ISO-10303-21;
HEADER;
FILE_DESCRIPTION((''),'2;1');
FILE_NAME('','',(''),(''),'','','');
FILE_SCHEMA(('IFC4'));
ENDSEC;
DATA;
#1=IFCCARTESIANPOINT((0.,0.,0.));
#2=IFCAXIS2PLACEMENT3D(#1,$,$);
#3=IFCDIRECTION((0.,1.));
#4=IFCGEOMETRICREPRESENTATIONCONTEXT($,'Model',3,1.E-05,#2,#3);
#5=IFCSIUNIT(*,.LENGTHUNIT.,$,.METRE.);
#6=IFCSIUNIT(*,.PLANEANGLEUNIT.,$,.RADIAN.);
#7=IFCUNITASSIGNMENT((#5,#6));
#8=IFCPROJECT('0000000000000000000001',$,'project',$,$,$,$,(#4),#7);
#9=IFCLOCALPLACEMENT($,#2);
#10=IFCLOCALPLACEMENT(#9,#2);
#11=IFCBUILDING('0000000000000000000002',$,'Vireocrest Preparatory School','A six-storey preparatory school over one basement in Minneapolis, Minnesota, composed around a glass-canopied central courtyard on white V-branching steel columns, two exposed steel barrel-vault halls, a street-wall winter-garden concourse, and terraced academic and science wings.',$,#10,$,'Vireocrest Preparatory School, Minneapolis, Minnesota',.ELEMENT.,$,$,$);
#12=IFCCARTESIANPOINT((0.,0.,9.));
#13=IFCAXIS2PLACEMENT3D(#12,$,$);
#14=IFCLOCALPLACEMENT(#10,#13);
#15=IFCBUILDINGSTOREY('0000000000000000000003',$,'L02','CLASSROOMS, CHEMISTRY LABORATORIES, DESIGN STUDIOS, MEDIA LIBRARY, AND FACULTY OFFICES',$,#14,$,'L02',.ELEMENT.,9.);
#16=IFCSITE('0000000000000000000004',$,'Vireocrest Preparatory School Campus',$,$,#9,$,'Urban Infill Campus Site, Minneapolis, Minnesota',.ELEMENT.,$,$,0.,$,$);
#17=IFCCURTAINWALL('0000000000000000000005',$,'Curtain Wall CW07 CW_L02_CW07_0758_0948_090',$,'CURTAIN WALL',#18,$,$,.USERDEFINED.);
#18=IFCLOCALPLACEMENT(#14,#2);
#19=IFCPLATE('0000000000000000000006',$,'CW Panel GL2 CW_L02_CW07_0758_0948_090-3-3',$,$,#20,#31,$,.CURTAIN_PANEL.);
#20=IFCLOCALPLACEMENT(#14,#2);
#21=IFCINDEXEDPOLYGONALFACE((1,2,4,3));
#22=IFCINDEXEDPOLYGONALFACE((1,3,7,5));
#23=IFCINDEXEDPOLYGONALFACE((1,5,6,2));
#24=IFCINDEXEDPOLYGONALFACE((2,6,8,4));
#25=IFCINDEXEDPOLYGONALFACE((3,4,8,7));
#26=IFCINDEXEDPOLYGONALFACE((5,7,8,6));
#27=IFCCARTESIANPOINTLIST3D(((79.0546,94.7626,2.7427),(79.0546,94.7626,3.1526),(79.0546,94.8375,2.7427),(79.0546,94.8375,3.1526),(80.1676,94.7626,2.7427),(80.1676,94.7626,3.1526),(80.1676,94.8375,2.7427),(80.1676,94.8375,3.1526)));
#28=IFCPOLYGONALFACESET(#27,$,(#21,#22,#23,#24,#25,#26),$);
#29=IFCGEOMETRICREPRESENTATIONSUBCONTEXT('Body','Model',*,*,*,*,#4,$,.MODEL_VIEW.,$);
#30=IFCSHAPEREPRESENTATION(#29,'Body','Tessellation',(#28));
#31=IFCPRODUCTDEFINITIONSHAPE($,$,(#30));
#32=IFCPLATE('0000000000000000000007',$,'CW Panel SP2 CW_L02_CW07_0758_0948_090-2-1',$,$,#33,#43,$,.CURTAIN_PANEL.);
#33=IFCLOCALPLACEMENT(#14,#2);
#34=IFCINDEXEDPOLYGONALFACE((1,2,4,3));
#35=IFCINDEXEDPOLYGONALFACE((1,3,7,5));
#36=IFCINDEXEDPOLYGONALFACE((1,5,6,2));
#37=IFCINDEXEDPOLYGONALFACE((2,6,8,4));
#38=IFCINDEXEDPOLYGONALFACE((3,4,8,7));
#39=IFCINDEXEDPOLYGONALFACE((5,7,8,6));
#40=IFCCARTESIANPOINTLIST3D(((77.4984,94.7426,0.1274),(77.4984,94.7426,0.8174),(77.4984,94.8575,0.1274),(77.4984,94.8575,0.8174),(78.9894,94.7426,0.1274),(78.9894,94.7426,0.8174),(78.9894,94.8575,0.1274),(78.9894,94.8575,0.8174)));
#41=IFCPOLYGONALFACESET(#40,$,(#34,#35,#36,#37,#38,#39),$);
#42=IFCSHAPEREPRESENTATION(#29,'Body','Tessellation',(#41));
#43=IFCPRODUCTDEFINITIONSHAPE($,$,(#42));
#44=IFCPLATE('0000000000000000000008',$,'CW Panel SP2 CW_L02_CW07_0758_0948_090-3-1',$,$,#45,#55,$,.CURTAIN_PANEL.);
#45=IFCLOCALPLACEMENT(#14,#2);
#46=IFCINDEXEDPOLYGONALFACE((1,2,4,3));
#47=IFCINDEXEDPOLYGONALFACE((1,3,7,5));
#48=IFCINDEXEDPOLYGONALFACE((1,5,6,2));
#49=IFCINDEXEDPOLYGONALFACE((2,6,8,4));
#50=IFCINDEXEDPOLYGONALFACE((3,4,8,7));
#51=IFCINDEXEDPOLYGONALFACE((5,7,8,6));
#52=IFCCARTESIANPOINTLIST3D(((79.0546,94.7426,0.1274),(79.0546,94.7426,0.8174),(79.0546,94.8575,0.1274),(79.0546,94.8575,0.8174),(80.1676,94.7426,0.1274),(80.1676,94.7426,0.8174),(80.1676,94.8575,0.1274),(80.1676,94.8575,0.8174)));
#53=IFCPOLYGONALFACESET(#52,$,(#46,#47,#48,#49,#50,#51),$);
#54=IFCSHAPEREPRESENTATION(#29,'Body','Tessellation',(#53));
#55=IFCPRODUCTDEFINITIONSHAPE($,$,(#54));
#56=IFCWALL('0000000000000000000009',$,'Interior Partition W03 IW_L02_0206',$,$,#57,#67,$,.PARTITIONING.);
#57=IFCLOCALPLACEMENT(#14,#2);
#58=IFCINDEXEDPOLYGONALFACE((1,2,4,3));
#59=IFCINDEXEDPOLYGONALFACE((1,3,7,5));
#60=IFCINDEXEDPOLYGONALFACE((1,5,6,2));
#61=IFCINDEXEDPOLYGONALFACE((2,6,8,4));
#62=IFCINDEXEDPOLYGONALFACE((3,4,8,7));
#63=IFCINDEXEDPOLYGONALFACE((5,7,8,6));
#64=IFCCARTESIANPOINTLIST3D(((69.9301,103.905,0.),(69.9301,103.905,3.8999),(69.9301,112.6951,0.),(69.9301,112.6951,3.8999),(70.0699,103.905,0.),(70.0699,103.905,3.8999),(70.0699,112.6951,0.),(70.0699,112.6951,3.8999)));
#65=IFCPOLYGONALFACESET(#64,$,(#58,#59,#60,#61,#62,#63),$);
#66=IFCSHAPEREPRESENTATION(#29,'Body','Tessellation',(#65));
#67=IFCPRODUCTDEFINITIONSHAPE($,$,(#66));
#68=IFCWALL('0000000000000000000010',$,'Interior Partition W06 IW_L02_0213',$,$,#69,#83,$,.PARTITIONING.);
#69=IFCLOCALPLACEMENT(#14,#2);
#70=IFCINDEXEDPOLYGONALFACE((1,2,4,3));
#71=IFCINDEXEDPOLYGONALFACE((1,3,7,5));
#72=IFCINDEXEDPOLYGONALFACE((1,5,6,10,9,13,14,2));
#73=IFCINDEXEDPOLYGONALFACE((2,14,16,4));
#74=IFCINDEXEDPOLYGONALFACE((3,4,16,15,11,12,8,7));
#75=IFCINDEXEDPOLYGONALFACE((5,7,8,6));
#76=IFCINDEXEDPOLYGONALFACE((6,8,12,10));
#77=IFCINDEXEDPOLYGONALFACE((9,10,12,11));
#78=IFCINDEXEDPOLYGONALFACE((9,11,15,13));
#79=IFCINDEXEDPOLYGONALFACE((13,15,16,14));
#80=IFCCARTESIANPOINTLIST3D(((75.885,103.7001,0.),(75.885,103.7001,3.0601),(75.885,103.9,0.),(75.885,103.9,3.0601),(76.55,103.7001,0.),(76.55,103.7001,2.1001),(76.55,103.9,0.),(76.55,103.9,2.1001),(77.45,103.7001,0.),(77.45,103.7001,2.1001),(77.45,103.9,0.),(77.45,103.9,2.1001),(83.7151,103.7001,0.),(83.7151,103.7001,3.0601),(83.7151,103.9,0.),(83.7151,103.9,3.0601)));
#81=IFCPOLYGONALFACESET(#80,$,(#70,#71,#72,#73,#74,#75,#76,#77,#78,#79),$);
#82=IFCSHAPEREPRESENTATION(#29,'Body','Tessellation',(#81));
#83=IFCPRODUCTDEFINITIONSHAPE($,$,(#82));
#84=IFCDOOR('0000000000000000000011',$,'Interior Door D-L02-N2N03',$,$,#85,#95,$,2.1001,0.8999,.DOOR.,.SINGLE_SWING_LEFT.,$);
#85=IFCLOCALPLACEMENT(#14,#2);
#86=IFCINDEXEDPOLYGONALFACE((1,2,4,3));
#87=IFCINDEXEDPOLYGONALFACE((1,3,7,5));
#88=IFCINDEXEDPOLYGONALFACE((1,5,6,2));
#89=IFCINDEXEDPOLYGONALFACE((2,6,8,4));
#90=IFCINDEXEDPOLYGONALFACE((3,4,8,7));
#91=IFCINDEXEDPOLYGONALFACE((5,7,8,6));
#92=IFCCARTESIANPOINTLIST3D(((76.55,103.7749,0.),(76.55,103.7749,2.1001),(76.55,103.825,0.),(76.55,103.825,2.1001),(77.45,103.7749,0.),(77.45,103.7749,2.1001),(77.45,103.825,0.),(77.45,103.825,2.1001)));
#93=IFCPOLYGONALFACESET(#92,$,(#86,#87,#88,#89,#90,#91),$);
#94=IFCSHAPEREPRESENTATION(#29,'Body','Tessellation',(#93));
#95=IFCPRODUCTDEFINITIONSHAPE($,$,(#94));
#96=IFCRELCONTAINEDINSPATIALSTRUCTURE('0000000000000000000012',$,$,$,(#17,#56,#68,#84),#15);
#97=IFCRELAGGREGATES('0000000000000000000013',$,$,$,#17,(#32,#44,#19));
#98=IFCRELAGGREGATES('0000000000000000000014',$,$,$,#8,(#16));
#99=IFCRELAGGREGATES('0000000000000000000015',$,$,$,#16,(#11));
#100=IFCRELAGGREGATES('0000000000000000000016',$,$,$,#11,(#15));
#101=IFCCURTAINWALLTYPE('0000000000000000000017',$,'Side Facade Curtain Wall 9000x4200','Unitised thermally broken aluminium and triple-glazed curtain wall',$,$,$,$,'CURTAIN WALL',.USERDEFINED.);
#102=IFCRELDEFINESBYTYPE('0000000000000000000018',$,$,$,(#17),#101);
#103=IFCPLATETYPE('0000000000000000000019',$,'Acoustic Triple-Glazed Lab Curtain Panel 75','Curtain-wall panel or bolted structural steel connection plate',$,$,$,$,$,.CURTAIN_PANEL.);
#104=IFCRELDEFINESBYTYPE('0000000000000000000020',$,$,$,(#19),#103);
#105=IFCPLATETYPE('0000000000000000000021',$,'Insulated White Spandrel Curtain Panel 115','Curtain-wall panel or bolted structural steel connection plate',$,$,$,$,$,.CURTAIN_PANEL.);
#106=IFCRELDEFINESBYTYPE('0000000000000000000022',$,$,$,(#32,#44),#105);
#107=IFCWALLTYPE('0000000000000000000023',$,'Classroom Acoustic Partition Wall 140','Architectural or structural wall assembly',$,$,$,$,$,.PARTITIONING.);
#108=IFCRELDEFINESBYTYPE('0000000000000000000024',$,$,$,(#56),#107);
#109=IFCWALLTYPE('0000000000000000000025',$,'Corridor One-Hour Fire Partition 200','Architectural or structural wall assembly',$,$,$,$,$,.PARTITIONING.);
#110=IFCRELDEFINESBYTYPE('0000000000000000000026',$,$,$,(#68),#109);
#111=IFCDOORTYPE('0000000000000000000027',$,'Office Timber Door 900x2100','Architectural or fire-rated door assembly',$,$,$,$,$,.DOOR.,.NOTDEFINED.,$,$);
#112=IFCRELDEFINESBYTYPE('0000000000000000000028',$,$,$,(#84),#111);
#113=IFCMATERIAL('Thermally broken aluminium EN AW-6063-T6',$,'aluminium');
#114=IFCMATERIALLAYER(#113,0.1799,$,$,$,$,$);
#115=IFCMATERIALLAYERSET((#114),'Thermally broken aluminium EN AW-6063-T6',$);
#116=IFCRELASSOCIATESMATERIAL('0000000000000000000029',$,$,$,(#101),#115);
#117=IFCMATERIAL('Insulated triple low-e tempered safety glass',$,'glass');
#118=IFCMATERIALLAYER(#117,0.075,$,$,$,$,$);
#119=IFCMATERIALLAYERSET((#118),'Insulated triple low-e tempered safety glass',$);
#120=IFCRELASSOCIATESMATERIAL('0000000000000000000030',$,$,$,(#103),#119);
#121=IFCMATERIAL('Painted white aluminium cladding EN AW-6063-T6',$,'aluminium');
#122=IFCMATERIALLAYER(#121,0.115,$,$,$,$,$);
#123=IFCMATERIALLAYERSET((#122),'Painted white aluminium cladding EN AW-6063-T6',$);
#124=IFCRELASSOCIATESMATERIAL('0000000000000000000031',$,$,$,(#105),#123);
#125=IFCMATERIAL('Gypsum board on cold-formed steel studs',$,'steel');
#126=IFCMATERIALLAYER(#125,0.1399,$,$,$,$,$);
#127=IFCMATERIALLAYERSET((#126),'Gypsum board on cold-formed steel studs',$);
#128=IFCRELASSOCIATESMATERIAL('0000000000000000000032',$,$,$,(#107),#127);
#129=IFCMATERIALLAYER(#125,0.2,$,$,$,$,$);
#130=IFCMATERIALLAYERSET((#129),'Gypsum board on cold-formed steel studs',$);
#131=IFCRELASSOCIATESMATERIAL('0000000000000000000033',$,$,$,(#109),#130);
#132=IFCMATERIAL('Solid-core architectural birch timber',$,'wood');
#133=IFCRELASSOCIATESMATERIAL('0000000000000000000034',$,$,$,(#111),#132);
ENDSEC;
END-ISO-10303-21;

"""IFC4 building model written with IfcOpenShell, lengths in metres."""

from ifc_helpers import new_model, si_unit, direction, frame, frame_2d, origin, origin_2d, place, context, subcontext, project, spatial, rectangle, extrude, material, layer, layer_set, type_object, element, fill, aggregate, save


model = new_model("IFC4")

# Units and contexts
model_context = context("Model", 3, precision=1e-05, world=origin(), true_north=direction((0.0, 1.0)))
body_context = subcontext(model_context, "Body", "Model", "MODEL_VIEW")
ifc_project = project(units=[si_unit("LENGTHUNIT", "METRE"), si_unit("PLANEANGLEUNIT", "RADIAN")], contexts=[model_context])

# Site, building, storey
site_placement = place(None, origin())
site = spatial("IfcSite", under=ifc_project, at=site_placement, Name="Vireocrest Preparatory School Campus", LongName="Urban Infill Campus Site, Minneapolis, Minnesota", CompositionType="ELEMENT", RefElevation=0.0)
building_placement = place(site_placement, origin())
building = spatial("IfcBuilding", under=site, at=building_placement, Name="Vireocrest Preparatory School", Description="A six-storey preparatory school over one basement in Minneapolis, Minnesota, composed around a glass-canopied central courtyard on white V-branching steel columns, two exposed steel barrel-vault halls, a street-wall winter-garden concourse, and terraced academic and science wings.", LongName="Vireocrest Preparatory School, Minneapolis, Minnesota", CompositionType="ELEMENT")
storey_placement = place(building_placement, frame((0.0, 0.0, 9.0)))
storey = spatial("IfcBuildingStorey", under=building, at=storey_placement, Name="L02", Description="CLASSROOMS, CHEMISTRY LABORATORIES, DESIGN STUDIOS, MEDIA LIBRARY, AND FACULTY OFFICES", LongName="L02", CompositionType="ELEMENT", Elevation=9.0)

# Curtain wall
ifc_material_1 = material(Name="Thermally broken aluminium EN AW-6063-T6", Category="aluminium")
ifc_layer_1 = layer(ifc_material_1, 0.1799)
ifc_layer_set_1 = layer_set([ifc_layer_1], Name="Thermally broken aluminium EN AW-6063-T6")
curtain_wall_type = type_object("IfcCurtainWallType", Name="Side Facade Curtain Wall 9000x4200", Description="Unitised thermally broken aluminium and triple-glazed curtain wall", ElementType="CURTAIN WALL", PredefinedType="USERDEFINED", material=ifc_layer_set_1)
curtain_wall_placement = place(storey_placement, origin())
curtain_wall = element("IfcCurtainWall", 1, at=curtain_wall_placement, inside=storey, type_object=curtain_wall_type, Name="Curtain Wall CW07 CW_L02_CW07_0758_0948_090", ObjectType="CURTAIN WALL", PredefinedType="USERDEFINED")

# Plates
ifc_material_2 = material(Name="Insulated triple low-e tempered safety glass", Category="glass")
ifc_layer_2 = layer(ifc_material_2, 0.075)
ifc_layer_set_2 = layer_set([ifc_layer_2], Name="Insulated triple low-e tempered safety glass")
plate_type_1 = type_object("IfcPlateType", Name="Acoustic Triple-Glazed Lab Curtain Panel 75", Description="Curtain-wall panel or bolted structural steel connection plate", PredefinedType="CURTAIN_PANEL", material=ifc_layer_set_2)
plate_1_placement = place(storey_placement, frame((79.6111, 94.8, 2.7427), z_axis=(0.0, 0.0, 1.0), x_axis=(1.0, 0.0, 0.0)))
plate_1 = element("IfcPlate", 2, at=plate_1_placement, type_object=plate_type_1, Name="CW Panel GL2 CW_L02_CW07_0758_0948_090-3-3", PredefinedType="CURTAIN_PANEL", context=body_context, shape_type="SweptSolid", body=[
    extrude(rectangle(XDim=1.113, YDim=0.075, at=origin_2d()), origin(), (0.0, 0.0, 1.0), 0.4099),
])
ifc_material_3 = material(Name="Painted white aluminium cladding EN AW-6063-T6", Category="aluminium")
ifc_layer_3 = layer(ifc_material_3, 0.115)
ifc_layer_set_3 = layer_set([ifc_layer_3], Name="Painted white aluminium cladding EN AW-6063-T6")
plate_type_2 = type_object("IfcPlateType", Name="Insulated White Spandrel Curtain Panel 115", Description="Curtain-wall panel or bolted structural steel connection plate", PredefinedType="CURTAIN_PANEL", material=ifc_layer_set_3)
plate_2_placement = place(storey_placement, frame((78.2439, 94.8, 0.1274), z_axis=(0.0, 0.0, 1.0), x_axis=(1.0, 0.0, 0.0)))
plate_2 = element("IfcPlate", 3, at=plate_2_placement, type_object=plate_type_2, Name="CW Panel SP2 CW_L02_CW07_0758_0948_090-2-1", PredefinedType="CURTAIN_PANEL", context=body_context, shape_type="SweptSolid", body=[
    extrude(rectangle(XDim=1.491, YDim=0.115, at=origin_2d()), origin(), (0.0, 0.0, 1.0), 0.6899),
])
plate_3_placement = place(storey_placement, frame((79.6111, 94.8, 0.1274), z_axis=(0.0, 0.0, 1.0), x_axis=(1.0, 0.0, 0.0)))
plate_3 = element("IfcPlate", 4, at=plate_3_placement, type_object=plate_type_2, Name="CW Panel SP2 CW_L02_CW07_0758_0948_090-3-1", PredefinedType="CURTAIN_PANEL", context=body_context, shape_type="SweptSolid", body=[
    extrude(rectangle(XDim=1.113, YDim=0.115, at=origin_2d()), origin(), (0.0, 0.0, 1.0), 0.6899),
])
aggregate(curtain_wall, [plate_2, plate_3, plate_1])

# Wall
ifc_material_4 = material(Name="Gypsum board on cold-formed steel studs", Category="steel")
ifc_layer_4 = layer(ifc_material_4, 0.1399)
ifc_layer_set_4 = layer_set([ifc_layer_4], Name="Gypsum board on cold-formed steel studs")
wall_type_1 = type_object("IfcWallType", Name="Classroom Acoustic Partition Wall 140", Description="Architectural or structural wall assembly", PredefinedType="PARTITIONING", material=ifc_layer_set_4)
wall_1_placement = place(storey_placement, frame((70.0, 103.905, 0.0), z_axis=(0.0, 0.0, 1.0), x_axis=(0.0, 1.0, 0.0)))
element("IfcWall", 5, at=wall_1_placement, inside=storey, type_object=wall_type_1, Name="Interior Partition W03 IW_L02_0206", PredefinedType="PARTITIONING", context=body_context, shape_type="SweptSolid", body=[
    extrude(rectangle(XDim=8.79, YDim=0.1399, at=frame_2d((4.395, 0.0))), origin(), (0.0, 0.0, 1.0), 3.8999),
])

# Wall, opening, door
ifc_layer_5 = layer(ifc_material_4, 0.2)
ifc_layer_set_5 = layer_set([ifc_layer_5], Name="Gypsum board on cold-formed steel studs")
wall_type_2 = type_object("IfcWallType", Name="Corridor One-Hour Fire Partition 200", Description="Architectural or structural wall assembly", PredefinedType="PARTITIONING", material=ifc_layer_set_5)
wall_2_placement = place(storey_placement, frame((75.885, 103.8, 0.0), z_axis=(0.0, 0.0, 1.0), x_axis=(1.0, 0.0, 0.0)))
wall_2 = element("IfcWall", 6, at=wall_2_placement, inside=storey, type_object=wall_type_2, Name="Interior Partition W06 IW_L02_0213", PredefinedType="PARTITIONING", context=body_context, shape_type="SweptSolid", body=[
    extrude(rectangle(XDim=7.8301, YDim=0.2, at=frame_2d((3.915, 0.0))), origin(), (0.0, 0.0, 1.0), 3.0601),
])
opening_placement = place(wall_2_placement, frame((0.665, 0.0, 0.0)))
opening = element("IfcOpeningElement", 7, at=opening_placement, cuts=wall_2, PredefinedType="OPENING", context=body_context, shape_type="SweptSolid", body=[
    extrude(rectangle(XDim=0.8999, YDim=2.1001, at=frame_2d((0.45, 1.05))), frame((0.0, 0.1099, 0.0), z_axis=(0.0, -1.0, 0.0), x_axis=(1.0, 0.0, 0.0)), (0.0, 0.0, 1.0), 0.22),
])
ifc_material_5 = material(Name="Solid-core architectural birch timber", Category="wood")
door_type = type_object("IfcDoorType", Name="Office Timber Door 900x2100", Description="Architectural or fire-rated door assembly", OperationType="NOTDEFINED", PredefinedType="DOOR", material=ifc_material_5)
door_placement = place(opening_placement, origin())
door = element("IfcDoor", 8, at=door_placement, inside=storey, type_object=door_type, Name="Interior Door D-L02-N2N03", OperationType="SINGLE_SWING_LEFT", OverallHeight=2.1001, OverallWidth=0.8999, PredefinedType="DOOR", context=body_context, shape_type="SweptSolid", body=[
    extrude(rectangle(XDim=0.8999, YDim=2.1001, at=frame_2d((0.45, 1.05))), frame((0.0, 0.0249, 0.0), z_axis=(0.0, -1.0, 0.0), x_axis=(1.0, 0.0, 0.0)), (0.0, 0.0, 1.0), 0.05),
])
fill(opening, door)

save(model, "model.ifc")
